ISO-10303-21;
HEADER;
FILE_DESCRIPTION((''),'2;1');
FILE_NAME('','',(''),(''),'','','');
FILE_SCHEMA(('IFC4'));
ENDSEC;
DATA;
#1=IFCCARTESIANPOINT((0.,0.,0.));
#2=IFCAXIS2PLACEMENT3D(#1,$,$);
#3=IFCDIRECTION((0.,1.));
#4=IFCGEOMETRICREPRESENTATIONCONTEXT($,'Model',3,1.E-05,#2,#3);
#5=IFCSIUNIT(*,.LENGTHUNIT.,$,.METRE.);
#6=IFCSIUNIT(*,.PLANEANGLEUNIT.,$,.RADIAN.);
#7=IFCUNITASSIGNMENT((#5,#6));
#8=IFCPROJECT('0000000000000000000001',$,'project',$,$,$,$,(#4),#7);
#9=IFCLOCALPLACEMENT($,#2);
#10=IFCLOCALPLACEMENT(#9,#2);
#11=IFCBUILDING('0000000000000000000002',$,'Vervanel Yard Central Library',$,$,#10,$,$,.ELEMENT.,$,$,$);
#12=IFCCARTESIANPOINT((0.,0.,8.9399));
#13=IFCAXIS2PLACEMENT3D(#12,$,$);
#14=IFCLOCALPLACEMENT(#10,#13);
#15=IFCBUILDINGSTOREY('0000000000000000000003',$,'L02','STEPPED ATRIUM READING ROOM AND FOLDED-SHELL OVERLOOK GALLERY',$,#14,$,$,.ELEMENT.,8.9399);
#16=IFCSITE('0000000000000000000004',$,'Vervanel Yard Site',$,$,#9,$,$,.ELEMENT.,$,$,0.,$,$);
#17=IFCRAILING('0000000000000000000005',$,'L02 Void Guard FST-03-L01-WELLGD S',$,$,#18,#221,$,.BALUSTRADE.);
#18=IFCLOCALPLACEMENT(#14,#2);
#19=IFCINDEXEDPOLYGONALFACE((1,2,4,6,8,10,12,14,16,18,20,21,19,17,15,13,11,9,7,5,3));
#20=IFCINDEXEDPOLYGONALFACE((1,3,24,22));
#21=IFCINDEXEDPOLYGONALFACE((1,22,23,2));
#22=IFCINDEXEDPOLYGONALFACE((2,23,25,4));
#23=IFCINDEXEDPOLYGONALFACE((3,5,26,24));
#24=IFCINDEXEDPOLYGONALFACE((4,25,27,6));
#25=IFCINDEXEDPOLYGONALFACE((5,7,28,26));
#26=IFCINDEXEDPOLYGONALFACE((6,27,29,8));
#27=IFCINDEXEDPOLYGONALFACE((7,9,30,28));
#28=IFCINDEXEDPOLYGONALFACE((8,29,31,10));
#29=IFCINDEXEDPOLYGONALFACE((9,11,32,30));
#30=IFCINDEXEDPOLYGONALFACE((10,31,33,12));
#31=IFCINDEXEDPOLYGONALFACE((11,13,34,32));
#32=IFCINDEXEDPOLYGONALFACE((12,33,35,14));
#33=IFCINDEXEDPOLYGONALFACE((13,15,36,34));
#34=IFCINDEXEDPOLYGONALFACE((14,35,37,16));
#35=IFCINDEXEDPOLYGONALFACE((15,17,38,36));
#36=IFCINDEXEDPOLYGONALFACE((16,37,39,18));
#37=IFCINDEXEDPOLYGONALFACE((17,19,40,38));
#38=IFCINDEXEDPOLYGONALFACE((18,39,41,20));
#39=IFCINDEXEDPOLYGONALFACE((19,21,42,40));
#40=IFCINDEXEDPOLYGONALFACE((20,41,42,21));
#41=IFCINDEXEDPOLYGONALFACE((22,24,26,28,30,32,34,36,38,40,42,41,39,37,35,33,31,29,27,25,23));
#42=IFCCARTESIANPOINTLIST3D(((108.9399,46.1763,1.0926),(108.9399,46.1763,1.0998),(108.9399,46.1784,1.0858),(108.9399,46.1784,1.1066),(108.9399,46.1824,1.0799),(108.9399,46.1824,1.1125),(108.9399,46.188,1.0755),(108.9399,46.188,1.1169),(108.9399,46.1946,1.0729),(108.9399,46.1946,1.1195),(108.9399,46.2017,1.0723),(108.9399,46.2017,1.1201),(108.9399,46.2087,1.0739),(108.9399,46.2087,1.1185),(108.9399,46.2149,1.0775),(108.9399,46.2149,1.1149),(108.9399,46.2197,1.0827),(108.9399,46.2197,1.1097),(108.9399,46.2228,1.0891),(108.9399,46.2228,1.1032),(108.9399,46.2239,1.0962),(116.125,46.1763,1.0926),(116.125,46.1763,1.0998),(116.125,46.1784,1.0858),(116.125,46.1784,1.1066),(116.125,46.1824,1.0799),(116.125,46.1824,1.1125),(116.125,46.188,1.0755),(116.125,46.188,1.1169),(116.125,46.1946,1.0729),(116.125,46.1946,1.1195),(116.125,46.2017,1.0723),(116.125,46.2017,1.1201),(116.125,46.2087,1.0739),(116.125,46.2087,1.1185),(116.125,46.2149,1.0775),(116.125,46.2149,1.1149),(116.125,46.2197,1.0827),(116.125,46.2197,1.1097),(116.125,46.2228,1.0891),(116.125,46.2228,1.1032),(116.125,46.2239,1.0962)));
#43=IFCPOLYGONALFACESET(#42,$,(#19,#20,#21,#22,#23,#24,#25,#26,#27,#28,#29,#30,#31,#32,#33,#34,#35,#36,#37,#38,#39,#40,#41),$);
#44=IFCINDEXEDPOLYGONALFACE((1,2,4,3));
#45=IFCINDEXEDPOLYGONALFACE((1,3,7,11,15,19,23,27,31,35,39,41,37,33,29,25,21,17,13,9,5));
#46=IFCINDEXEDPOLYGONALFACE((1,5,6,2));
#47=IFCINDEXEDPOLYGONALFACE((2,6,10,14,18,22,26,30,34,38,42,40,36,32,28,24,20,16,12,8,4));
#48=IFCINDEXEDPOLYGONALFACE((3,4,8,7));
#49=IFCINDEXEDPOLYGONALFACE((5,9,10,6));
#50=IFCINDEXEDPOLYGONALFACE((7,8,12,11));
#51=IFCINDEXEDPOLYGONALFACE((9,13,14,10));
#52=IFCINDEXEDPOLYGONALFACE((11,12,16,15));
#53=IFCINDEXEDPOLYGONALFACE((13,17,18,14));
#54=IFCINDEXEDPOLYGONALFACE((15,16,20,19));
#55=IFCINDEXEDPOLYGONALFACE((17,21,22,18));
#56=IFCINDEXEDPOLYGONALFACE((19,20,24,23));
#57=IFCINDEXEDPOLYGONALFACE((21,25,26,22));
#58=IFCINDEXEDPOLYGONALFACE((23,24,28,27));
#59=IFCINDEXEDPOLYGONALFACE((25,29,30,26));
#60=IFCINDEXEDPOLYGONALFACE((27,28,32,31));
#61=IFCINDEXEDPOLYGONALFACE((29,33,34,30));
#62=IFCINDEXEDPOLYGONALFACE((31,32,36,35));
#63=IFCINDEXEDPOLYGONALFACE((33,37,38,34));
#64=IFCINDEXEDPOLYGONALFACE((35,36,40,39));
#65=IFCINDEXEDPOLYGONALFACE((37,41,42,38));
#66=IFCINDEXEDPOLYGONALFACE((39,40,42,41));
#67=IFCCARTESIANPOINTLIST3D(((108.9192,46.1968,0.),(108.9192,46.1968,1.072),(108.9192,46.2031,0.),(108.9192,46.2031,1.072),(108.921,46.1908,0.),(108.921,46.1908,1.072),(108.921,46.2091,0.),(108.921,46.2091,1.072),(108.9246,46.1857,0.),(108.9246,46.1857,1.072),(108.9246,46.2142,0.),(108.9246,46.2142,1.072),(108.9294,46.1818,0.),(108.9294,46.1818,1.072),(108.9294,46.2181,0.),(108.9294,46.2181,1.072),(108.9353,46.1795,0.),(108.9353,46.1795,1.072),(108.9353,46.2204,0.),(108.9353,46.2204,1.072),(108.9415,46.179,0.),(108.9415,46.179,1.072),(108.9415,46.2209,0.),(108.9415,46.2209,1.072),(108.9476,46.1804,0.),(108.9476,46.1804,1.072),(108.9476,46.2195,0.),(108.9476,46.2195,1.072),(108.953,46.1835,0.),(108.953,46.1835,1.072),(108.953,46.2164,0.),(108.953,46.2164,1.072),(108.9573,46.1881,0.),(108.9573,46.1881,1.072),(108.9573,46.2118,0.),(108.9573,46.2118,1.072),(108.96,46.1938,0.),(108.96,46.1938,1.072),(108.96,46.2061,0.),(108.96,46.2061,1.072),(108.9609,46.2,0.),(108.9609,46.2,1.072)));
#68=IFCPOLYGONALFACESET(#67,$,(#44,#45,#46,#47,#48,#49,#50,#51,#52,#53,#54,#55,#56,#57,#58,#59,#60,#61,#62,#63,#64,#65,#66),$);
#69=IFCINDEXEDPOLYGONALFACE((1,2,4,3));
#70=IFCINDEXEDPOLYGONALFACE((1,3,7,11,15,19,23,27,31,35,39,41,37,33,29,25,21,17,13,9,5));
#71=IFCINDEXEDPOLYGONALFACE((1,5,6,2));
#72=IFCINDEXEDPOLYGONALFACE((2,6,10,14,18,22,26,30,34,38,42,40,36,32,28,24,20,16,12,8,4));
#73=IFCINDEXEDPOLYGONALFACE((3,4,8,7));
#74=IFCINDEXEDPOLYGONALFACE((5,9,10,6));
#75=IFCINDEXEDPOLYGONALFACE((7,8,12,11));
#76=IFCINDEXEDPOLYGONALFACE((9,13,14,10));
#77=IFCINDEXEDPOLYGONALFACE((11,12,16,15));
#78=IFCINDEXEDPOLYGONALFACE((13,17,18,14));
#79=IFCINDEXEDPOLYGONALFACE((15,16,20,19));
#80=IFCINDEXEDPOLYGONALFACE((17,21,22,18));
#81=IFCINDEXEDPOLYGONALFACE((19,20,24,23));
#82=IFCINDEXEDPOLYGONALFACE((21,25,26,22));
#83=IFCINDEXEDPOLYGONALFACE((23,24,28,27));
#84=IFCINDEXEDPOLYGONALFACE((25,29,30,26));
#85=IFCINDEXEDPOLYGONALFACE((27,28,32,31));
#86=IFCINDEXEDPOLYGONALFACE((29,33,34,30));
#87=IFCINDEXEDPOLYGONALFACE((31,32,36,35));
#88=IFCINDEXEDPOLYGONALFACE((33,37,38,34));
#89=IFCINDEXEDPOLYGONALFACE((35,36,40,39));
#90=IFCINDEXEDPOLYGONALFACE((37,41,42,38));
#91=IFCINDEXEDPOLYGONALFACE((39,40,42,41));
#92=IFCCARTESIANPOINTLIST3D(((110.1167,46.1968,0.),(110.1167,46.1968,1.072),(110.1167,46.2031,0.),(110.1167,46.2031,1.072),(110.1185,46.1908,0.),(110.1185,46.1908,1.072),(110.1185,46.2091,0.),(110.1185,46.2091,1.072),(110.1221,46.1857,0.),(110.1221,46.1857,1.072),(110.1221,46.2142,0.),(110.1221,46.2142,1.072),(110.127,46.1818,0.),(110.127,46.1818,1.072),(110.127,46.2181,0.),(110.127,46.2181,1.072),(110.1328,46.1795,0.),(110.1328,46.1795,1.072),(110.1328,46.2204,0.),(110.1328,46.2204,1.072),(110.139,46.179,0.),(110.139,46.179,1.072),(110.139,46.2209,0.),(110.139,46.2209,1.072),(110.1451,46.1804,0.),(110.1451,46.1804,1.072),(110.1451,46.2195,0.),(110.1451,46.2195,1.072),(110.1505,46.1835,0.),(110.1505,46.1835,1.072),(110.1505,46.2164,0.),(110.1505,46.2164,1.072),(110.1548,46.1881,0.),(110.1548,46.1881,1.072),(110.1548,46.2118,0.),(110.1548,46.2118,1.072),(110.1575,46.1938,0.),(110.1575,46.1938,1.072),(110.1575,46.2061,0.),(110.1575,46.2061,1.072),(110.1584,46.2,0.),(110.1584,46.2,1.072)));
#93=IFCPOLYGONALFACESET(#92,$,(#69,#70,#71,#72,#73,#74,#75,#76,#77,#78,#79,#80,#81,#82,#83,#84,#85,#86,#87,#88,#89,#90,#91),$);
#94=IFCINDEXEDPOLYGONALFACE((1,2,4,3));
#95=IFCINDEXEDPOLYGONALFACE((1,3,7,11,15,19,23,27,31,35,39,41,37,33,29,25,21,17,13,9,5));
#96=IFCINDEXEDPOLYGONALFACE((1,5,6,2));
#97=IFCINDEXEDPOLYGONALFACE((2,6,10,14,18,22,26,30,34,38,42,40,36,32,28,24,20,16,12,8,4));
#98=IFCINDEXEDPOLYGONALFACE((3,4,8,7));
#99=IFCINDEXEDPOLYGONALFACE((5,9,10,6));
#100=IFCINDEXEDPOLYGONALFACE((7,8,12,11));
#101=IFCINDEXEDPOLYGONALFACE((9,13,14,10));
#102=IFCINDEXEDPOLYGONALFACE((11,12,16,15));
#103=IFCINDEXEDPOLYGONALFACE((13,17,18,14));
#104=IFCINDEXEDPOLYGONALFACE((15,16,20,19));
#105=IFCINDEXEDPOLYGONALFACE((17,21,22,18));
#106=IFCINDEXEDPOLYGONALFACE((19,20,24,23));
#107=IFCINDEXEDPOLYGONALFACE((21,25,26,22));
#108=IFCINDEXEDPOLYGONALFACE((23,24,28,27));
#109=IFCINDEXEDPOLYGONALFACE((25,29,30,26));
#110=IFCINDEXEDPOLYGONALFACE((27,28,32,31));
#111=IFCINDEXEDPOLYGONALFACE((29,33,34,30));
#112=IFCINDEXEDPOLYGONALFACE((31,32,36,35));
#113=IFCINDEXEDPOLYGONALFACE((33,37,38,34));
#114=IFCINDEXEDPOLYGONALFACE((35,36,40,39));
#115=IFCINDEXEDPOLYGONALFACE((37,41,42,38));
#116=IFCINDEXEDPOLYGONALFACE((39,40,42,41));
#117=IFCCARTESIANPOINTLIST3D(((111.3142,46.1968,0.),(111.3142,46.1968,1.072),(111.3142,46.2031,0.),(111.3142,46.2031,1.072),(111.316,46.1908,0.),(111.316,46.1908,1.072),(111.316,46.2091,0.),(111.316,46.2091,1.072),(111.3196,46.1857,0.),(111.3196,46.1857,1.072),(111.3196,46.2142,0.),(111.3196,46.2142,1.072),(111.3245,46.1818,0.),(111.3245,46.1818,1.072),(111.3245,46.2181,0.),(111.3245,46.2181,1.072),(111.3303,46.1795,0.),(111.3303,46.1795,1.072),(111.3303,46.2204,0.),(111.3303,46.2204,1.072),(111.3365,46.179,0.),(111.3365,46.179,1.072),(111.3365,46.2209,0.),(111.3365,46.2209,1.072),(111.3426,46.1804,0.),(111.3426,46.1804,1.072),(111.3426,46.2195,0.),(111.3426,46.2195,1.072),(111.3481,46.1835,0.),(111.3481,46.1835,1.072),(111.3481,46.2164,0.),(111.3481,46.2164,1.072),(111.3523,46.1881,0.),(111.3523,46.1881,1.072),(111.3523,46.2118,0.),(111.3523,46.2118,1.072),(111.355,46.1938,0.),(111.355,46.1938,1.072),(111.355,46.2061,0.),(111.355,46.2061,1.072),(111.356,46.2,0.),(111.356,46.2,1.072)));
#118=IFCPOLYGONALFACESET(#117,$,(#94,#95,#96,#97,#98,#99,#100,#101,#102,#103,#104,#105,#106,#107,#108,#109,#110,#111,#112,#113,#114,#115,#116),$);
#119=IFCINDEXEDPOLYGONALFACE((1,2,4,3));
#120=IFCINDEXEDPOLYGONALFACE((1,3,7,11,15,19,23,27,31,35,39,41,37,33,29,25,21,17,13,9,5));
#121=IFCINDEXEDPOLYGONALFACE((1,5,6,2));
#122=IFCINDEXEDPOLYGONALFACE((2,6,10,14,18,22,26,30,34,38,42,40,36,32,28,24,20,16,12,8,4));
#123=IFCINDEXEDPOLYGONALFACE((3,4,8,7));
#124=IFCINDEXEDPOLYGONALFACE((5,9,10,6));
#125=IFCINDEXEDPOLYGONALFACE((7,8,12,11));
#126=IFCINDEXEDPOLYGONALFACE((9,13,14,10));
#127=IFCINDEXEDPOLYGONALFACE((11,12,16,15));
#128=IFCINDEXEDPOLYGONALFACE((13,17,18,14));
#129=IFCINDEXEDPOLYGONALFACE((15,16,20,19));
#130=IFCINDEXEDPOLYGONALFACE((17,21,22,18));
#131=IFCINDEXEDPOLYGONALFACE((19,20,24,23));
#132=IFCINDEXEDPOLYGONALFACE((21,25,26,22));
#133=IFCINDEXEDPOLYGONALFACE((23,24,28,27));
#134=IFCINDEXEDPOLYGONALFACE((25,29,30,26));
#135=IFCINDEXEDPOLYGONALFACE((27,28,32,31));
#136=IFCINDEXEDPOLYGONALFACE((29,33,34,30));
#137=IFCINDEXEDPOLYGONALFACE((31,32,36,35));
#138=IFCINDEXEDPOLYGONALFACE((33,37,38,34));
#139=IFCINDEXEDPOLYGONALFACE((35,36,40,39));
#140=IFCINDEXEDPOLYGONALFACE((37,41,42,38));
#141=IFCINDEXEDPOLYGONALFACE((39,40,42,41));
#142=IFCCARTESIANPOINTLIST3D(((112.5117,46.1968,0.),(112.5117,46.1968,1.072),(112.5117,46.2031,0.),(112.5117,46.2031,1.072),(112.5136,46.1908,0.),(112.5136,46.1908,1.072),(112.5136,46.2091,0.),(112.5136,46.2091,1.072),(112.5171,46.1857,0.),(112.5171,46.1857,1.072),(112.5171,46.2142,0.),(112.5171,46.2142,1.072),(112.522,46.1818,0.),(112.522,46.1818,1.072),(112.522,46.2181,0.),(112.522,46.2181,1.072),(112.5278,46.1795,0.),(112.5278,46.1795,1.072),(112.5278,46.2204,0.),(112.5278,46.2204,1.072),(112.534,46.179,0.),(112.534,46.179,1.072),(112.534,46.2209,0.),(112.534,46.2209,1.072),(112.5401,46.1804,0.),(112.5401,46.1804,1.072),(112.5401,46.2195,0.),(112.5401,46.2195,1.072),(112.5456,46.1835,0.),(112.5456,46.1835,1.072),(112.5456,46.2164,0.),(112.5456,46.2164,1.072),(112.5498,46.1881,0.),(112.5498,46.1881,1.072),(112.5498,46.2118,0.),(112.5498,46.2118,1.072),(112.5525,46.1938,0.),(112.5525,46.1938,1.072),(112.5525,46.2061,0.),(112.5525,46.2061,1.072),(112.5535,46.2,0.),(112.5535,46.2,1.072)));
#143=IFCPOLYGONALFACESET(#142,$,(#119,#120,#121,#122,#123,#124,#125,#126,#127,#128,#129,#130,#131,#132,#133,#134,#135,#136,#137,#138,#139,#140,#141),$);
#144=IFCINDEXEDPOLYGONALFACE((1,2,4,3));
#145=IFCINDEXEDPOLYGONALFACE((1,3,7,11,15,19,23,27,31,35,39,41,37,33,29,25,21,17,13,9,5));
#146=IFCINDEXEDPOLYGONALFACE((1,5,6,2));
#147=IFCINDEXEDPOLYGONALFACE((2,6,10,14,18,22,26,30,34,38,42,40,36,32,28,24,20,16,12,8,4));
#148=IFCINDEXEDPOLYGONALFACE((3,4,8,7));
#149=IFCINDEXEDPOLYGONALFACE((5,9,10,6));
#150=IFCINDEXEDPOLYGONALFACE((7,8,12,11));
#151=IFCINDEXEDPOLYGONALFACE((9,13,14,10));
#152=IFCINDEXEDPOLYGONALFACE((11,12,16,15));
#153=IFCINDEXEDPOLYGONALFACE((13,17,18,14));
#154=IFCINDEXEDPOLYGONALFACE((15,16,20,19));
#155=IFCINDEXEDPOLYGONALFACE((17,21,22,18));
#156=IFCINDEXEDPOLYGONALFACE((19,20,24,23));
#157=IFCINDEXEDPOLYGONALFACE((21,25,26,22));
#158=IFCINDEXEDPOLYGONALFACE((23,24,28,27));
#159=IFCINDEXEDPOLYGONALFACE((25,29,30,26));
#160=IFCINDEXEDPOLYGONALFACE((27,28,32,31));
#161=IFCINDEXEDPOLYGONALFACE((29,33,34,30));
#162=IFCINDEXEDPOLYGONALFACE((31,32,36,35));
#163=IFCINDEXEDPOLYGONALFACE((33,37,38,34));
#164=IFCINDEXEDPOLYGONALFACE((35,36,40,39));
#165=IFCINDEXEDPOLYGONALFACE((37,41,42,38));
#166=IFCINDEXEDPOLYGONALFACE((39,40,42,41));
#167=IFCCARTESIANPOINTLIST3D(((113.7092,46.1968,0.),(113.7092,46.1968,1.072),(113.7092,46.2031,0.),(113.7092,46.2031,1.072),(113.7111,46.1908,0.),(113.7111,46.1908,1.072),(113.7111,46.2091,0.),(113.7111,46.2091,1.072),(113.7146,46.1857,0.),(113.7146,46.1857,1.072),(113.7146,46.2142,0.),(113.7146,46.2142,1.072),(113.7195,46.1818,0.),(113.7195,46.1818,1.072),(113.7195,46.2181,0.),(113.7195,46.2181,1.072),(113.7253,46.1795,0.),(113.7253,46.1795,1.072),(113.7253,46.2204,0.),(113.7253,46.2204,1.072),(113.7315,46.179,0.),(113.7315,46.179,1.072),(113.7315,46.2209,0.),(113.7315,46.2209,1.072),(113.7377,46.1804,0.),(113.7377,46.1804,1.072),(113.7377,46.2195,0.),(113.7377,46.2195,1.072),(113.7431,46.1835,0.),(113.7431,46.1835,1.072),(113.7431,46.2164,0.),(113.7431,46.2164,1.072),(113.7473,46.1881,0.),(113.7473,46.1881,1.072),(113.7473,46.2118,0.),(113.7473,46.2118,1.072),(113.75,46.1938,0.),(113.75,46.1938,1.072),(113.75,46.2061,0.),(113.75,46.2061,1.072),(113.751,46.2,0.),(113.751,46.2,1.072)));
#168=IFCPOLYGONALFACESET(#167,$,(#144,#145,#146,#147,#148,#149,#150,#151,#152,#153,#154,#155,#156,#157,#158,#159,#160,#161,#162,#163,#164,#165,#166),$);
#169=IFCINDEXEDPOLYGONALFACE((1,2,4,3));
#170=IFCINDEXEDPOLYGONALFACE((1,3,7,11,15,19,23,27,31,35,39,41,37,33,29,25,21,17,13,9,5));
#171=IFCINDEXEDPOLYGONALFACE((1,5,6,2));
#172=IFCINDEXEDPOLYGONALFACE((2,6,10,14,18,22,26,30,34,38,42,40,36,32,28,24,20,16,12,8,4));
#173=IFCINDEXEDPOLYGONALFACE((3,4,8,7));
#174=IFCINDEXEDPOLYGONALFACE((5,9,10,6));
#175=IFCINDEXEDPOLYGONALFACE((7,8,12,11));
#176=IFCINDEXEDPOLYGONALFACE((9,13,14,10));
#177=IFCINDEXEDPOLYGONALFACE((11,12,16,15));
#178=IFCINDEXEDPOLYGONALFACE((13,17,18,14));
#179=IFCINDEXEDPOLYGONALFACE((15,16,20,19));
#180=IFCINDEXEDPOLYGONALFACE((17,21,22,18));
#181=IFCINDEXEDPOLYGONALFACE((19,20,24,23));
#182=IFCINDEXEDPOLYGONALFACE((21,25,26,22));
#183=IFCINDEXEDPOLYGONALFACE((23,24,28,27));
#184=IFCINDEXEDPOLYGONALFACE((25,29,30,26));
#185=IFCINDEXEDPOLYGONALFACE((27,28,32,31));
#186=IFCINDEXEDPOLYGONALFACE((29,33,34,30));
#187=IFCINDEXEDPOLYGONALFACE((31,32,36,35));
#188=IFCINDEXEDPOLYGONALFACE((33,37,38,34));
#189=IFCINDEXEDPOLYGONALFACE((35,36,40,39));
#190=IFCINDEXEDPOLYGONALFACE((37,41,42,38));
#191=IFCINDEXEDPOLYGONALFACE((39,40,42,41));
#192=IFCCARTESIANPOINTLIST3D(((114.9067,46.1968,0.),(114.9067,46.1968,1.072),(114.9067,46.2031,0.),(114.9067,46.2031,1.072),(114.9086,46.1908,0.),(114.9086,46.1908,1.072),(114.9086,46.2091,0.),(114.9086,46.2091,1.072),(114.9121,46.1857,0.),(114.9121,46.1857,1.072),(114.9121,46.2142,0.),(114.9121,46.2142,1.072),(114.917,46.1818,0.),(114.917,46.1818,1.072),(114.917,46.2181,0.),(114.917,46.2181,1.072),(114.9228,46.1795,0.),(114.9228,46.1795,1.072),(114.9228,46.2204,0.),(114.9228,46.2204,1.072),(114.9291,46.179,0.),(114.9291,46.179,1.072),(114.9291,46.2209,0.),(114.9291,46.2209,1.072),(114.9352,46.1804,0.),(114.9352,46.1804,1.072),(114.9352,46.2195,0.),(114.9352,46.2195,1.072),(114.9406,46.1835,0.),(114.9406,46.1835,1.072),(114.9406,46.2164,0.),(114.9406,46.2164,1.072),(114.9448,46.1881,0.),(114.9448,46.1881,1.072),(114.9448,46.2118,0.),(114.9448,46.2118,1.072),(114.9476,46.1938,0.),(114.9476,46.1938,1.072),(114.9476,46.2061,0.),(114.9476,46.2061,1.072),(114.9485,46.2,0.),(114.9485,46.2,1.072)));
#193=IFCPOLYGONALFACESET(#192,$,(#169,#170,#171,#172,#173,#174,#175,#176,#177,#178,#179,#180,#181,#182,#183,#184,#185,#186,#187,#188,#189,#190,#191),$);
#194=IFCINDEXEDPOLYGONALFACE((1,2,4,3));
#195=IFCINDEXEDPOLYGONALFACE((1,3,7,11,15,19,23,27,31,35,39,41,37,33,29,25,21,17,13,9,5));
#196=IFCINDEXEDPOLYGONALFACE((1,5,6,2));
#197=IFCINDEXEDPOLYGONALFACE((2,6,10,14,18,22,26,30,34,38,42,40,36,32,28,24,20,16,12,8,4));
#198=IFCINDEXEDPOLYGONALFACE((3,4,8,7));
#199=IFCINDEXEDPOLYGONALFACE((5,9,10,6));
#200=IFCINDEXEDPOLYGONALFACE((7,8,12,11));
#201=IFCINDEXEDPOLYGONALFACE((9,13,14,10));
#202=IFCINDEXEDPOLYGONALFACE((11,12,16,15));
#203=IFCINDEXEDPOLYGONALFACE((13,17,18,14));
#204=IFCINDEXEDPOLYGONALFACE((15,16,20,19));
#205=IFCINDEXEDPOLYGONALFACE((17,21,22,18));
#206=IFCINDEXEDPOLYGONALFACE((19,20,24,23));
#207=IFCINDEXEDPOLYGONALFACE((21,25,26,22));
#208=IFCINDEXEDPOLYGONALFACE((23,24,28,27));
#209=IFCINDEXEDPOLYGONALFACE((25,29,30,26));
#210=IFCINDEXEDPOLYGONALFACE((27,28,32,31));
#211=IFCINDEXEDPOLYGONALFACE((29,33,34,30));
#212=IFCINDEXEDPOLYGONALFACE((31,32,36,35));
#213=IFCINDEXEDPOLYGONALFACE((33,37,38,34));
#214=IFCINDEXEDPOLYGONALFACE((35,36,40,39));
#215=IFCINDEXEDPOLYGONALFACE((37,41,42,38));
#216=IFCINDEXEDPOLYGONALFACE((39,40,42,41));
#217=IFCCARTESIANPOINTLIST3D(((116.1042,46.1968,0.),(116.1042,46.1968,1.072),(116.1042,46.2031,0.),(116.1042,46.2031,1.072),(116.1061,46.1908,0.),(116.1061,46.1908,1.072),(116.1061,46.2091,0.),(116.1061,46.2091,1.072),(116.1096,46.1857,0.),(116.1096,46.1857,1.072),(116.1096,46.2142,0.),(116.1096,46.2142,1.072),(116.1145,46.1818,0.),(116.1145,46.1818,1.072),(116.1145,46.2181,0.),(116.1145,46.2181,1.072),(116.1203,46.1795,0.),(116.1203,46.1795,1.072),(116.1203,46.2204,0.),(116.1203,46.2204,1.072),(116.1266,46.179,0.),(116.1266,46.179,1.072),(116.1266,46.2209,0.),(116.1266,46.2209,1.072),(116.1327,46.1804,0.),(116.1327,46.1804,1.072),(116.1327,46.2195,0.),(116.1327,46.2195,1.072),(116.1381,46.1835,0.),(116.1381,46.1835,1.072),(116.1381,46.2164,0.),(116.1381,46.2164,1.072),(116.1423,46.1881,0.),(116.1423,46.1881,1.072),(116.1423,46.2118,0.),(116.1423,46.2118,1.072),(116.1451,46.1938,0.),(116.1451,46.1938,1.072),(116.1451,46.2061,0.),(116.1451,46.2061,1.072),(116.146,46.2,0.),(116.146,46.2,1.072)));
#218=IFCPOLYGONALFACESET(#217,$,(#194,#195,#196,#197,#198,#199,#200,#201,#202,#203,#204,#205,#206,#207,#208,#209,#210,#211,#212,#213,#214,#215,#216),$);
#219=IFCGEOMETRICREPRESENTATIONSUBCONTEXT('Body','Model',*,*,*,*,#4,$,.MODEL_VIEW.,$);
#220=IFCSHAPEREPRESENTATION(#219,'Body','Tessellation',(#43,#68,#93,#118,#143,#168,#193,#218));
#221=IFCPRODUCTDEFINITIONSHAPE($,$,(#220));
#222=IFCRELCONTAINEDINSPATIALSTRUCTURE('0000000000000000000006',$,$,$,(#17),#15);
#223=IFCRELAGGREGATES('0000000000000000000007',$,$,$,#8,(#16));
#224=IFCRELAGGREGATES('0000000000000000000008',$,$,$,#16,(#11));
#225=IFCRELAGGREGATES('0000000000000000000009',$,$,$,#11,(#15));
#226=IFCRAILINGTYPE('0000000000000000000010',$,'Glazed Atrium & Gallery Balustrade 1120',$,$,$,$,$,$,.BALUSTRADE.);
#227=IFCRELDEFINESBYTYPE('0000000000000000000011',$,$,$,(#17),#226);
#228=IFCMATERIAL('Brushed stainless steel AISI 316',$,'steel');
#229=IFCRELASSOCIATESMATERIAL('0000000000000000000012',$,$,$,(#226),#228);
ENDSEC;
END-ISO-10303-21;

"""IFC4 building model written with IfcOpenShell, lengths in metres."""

from ifc_helpers import new_model, si_unit, direction, frame, origin, origin_2d, place, context, subcontext, project, spatial, circle, extrude, material, type_object, element, save


model = new_model("IFC4")

# Units and contexts
model_context = context("Model", 3, precision=1e-05, world=origin(), true_north=direction((0.0, 1.0)))
body_context = subcontext(model_context, "Body", "Model", "MODEL_VIEW")
ifc_project = project(units=[si_unit("LENGTHUNIT", "METRE"), si_unit("PLANEANGLEUNIT", "RADIAN")], contexts=[model_context])

# Site, building, storey
site_placement = place(None, origin())
site = spatial("IfcSite", under=ifc_project, at=site_placement, Name="Vervanel Yard Site", CompositionType="ELEMENT", RefElevation=0.0)
building_placement = place(site_placement, origin())
building = spatial("IfcBuilding", under=site, at=building_placement, Name="Vervanel Yard Central Library", CompositionType="ELEMENT")
storey_placement = place(building_placement, frame((0.0, 0.0, 8.9399)))
storey = spatial("IfcBuildingStorey", under=building, at=storey_placement, Name="L02", Description="STEPPED ATRIUM READING ROOM AND FOLDED-SHELL OVERLOOK GALLERY", CompositionType="ELEMENT", Elevation=8.9399)

# Railing
ifc_material_1 = material(Name="Brushed stainless steel AISI 316", Category="steel")
railing_type = type_object("IfcRailingType", Name="Glazed Atrium & Gallery Balustrade 1120", PredefinedType="BALUSTRADE", material=ifc_material_1)
railing_1_placement = place(storey_placement, frame((108.9399, 46.2, 0.0)))
element("IfcRailing", 1, at=railing_1_placement, inside=storey, type_object=railing_type, Name="L02 Void Guard FST-03-L01-WELLGD S", PredefinedType="BALUSTRADE", context=body_context, shape_type="SweptSolid", body=[
    extrude(circle(Radius=0.0239, at=origin_2d()), frame((0.0, 0.0, 1.0962), z_axis=(1.0, 0.0, 0.0), x_axis=(0.0, 1.0, 0.0)), (0.0, 0.0, 1.0), 7.1851),
    extrude(circle(Radius=0.021, at=origin_2d()), origin(), (0.0, 0.0, 1.0), 1.072),
    extrude(circle(Radius=0.021, at=origin_2d()), frame((1.1975, 0.0, 0.0)), (0.0, 0.0, 1.0), 1.072),
    extrude(circle(Radius=0.021, at=origin_2d()), frame((2.395, 0.0, 0.0)), (0.0, 0.0, 1.0), 1.072),
    extrude(circle(Radius=0.021, at=origin_2d()), frame((3.5925, 0.0, 0.0)), (0.0, 0.0, 1.0), 1.072),
    extrude(circle(Radius=0.021, at=origin_2d()), frame((4.79, 0.0, 0.0)), (0.0, 0.0, 1.0), 1.072),
    extrude(circle(Radius=0.021, at=origin_2d()), frame((5.9875, 0.0, 0.0)), (0.0, 0.0, 1.0), 1.072),
    extrude(circle(Radius=0.021, at=origin_2d()), frame((7.1851, 0.0, 0.0)), (0.0, 0.0, 1.0), 1.072),
])

save(model, "model.ifc")
